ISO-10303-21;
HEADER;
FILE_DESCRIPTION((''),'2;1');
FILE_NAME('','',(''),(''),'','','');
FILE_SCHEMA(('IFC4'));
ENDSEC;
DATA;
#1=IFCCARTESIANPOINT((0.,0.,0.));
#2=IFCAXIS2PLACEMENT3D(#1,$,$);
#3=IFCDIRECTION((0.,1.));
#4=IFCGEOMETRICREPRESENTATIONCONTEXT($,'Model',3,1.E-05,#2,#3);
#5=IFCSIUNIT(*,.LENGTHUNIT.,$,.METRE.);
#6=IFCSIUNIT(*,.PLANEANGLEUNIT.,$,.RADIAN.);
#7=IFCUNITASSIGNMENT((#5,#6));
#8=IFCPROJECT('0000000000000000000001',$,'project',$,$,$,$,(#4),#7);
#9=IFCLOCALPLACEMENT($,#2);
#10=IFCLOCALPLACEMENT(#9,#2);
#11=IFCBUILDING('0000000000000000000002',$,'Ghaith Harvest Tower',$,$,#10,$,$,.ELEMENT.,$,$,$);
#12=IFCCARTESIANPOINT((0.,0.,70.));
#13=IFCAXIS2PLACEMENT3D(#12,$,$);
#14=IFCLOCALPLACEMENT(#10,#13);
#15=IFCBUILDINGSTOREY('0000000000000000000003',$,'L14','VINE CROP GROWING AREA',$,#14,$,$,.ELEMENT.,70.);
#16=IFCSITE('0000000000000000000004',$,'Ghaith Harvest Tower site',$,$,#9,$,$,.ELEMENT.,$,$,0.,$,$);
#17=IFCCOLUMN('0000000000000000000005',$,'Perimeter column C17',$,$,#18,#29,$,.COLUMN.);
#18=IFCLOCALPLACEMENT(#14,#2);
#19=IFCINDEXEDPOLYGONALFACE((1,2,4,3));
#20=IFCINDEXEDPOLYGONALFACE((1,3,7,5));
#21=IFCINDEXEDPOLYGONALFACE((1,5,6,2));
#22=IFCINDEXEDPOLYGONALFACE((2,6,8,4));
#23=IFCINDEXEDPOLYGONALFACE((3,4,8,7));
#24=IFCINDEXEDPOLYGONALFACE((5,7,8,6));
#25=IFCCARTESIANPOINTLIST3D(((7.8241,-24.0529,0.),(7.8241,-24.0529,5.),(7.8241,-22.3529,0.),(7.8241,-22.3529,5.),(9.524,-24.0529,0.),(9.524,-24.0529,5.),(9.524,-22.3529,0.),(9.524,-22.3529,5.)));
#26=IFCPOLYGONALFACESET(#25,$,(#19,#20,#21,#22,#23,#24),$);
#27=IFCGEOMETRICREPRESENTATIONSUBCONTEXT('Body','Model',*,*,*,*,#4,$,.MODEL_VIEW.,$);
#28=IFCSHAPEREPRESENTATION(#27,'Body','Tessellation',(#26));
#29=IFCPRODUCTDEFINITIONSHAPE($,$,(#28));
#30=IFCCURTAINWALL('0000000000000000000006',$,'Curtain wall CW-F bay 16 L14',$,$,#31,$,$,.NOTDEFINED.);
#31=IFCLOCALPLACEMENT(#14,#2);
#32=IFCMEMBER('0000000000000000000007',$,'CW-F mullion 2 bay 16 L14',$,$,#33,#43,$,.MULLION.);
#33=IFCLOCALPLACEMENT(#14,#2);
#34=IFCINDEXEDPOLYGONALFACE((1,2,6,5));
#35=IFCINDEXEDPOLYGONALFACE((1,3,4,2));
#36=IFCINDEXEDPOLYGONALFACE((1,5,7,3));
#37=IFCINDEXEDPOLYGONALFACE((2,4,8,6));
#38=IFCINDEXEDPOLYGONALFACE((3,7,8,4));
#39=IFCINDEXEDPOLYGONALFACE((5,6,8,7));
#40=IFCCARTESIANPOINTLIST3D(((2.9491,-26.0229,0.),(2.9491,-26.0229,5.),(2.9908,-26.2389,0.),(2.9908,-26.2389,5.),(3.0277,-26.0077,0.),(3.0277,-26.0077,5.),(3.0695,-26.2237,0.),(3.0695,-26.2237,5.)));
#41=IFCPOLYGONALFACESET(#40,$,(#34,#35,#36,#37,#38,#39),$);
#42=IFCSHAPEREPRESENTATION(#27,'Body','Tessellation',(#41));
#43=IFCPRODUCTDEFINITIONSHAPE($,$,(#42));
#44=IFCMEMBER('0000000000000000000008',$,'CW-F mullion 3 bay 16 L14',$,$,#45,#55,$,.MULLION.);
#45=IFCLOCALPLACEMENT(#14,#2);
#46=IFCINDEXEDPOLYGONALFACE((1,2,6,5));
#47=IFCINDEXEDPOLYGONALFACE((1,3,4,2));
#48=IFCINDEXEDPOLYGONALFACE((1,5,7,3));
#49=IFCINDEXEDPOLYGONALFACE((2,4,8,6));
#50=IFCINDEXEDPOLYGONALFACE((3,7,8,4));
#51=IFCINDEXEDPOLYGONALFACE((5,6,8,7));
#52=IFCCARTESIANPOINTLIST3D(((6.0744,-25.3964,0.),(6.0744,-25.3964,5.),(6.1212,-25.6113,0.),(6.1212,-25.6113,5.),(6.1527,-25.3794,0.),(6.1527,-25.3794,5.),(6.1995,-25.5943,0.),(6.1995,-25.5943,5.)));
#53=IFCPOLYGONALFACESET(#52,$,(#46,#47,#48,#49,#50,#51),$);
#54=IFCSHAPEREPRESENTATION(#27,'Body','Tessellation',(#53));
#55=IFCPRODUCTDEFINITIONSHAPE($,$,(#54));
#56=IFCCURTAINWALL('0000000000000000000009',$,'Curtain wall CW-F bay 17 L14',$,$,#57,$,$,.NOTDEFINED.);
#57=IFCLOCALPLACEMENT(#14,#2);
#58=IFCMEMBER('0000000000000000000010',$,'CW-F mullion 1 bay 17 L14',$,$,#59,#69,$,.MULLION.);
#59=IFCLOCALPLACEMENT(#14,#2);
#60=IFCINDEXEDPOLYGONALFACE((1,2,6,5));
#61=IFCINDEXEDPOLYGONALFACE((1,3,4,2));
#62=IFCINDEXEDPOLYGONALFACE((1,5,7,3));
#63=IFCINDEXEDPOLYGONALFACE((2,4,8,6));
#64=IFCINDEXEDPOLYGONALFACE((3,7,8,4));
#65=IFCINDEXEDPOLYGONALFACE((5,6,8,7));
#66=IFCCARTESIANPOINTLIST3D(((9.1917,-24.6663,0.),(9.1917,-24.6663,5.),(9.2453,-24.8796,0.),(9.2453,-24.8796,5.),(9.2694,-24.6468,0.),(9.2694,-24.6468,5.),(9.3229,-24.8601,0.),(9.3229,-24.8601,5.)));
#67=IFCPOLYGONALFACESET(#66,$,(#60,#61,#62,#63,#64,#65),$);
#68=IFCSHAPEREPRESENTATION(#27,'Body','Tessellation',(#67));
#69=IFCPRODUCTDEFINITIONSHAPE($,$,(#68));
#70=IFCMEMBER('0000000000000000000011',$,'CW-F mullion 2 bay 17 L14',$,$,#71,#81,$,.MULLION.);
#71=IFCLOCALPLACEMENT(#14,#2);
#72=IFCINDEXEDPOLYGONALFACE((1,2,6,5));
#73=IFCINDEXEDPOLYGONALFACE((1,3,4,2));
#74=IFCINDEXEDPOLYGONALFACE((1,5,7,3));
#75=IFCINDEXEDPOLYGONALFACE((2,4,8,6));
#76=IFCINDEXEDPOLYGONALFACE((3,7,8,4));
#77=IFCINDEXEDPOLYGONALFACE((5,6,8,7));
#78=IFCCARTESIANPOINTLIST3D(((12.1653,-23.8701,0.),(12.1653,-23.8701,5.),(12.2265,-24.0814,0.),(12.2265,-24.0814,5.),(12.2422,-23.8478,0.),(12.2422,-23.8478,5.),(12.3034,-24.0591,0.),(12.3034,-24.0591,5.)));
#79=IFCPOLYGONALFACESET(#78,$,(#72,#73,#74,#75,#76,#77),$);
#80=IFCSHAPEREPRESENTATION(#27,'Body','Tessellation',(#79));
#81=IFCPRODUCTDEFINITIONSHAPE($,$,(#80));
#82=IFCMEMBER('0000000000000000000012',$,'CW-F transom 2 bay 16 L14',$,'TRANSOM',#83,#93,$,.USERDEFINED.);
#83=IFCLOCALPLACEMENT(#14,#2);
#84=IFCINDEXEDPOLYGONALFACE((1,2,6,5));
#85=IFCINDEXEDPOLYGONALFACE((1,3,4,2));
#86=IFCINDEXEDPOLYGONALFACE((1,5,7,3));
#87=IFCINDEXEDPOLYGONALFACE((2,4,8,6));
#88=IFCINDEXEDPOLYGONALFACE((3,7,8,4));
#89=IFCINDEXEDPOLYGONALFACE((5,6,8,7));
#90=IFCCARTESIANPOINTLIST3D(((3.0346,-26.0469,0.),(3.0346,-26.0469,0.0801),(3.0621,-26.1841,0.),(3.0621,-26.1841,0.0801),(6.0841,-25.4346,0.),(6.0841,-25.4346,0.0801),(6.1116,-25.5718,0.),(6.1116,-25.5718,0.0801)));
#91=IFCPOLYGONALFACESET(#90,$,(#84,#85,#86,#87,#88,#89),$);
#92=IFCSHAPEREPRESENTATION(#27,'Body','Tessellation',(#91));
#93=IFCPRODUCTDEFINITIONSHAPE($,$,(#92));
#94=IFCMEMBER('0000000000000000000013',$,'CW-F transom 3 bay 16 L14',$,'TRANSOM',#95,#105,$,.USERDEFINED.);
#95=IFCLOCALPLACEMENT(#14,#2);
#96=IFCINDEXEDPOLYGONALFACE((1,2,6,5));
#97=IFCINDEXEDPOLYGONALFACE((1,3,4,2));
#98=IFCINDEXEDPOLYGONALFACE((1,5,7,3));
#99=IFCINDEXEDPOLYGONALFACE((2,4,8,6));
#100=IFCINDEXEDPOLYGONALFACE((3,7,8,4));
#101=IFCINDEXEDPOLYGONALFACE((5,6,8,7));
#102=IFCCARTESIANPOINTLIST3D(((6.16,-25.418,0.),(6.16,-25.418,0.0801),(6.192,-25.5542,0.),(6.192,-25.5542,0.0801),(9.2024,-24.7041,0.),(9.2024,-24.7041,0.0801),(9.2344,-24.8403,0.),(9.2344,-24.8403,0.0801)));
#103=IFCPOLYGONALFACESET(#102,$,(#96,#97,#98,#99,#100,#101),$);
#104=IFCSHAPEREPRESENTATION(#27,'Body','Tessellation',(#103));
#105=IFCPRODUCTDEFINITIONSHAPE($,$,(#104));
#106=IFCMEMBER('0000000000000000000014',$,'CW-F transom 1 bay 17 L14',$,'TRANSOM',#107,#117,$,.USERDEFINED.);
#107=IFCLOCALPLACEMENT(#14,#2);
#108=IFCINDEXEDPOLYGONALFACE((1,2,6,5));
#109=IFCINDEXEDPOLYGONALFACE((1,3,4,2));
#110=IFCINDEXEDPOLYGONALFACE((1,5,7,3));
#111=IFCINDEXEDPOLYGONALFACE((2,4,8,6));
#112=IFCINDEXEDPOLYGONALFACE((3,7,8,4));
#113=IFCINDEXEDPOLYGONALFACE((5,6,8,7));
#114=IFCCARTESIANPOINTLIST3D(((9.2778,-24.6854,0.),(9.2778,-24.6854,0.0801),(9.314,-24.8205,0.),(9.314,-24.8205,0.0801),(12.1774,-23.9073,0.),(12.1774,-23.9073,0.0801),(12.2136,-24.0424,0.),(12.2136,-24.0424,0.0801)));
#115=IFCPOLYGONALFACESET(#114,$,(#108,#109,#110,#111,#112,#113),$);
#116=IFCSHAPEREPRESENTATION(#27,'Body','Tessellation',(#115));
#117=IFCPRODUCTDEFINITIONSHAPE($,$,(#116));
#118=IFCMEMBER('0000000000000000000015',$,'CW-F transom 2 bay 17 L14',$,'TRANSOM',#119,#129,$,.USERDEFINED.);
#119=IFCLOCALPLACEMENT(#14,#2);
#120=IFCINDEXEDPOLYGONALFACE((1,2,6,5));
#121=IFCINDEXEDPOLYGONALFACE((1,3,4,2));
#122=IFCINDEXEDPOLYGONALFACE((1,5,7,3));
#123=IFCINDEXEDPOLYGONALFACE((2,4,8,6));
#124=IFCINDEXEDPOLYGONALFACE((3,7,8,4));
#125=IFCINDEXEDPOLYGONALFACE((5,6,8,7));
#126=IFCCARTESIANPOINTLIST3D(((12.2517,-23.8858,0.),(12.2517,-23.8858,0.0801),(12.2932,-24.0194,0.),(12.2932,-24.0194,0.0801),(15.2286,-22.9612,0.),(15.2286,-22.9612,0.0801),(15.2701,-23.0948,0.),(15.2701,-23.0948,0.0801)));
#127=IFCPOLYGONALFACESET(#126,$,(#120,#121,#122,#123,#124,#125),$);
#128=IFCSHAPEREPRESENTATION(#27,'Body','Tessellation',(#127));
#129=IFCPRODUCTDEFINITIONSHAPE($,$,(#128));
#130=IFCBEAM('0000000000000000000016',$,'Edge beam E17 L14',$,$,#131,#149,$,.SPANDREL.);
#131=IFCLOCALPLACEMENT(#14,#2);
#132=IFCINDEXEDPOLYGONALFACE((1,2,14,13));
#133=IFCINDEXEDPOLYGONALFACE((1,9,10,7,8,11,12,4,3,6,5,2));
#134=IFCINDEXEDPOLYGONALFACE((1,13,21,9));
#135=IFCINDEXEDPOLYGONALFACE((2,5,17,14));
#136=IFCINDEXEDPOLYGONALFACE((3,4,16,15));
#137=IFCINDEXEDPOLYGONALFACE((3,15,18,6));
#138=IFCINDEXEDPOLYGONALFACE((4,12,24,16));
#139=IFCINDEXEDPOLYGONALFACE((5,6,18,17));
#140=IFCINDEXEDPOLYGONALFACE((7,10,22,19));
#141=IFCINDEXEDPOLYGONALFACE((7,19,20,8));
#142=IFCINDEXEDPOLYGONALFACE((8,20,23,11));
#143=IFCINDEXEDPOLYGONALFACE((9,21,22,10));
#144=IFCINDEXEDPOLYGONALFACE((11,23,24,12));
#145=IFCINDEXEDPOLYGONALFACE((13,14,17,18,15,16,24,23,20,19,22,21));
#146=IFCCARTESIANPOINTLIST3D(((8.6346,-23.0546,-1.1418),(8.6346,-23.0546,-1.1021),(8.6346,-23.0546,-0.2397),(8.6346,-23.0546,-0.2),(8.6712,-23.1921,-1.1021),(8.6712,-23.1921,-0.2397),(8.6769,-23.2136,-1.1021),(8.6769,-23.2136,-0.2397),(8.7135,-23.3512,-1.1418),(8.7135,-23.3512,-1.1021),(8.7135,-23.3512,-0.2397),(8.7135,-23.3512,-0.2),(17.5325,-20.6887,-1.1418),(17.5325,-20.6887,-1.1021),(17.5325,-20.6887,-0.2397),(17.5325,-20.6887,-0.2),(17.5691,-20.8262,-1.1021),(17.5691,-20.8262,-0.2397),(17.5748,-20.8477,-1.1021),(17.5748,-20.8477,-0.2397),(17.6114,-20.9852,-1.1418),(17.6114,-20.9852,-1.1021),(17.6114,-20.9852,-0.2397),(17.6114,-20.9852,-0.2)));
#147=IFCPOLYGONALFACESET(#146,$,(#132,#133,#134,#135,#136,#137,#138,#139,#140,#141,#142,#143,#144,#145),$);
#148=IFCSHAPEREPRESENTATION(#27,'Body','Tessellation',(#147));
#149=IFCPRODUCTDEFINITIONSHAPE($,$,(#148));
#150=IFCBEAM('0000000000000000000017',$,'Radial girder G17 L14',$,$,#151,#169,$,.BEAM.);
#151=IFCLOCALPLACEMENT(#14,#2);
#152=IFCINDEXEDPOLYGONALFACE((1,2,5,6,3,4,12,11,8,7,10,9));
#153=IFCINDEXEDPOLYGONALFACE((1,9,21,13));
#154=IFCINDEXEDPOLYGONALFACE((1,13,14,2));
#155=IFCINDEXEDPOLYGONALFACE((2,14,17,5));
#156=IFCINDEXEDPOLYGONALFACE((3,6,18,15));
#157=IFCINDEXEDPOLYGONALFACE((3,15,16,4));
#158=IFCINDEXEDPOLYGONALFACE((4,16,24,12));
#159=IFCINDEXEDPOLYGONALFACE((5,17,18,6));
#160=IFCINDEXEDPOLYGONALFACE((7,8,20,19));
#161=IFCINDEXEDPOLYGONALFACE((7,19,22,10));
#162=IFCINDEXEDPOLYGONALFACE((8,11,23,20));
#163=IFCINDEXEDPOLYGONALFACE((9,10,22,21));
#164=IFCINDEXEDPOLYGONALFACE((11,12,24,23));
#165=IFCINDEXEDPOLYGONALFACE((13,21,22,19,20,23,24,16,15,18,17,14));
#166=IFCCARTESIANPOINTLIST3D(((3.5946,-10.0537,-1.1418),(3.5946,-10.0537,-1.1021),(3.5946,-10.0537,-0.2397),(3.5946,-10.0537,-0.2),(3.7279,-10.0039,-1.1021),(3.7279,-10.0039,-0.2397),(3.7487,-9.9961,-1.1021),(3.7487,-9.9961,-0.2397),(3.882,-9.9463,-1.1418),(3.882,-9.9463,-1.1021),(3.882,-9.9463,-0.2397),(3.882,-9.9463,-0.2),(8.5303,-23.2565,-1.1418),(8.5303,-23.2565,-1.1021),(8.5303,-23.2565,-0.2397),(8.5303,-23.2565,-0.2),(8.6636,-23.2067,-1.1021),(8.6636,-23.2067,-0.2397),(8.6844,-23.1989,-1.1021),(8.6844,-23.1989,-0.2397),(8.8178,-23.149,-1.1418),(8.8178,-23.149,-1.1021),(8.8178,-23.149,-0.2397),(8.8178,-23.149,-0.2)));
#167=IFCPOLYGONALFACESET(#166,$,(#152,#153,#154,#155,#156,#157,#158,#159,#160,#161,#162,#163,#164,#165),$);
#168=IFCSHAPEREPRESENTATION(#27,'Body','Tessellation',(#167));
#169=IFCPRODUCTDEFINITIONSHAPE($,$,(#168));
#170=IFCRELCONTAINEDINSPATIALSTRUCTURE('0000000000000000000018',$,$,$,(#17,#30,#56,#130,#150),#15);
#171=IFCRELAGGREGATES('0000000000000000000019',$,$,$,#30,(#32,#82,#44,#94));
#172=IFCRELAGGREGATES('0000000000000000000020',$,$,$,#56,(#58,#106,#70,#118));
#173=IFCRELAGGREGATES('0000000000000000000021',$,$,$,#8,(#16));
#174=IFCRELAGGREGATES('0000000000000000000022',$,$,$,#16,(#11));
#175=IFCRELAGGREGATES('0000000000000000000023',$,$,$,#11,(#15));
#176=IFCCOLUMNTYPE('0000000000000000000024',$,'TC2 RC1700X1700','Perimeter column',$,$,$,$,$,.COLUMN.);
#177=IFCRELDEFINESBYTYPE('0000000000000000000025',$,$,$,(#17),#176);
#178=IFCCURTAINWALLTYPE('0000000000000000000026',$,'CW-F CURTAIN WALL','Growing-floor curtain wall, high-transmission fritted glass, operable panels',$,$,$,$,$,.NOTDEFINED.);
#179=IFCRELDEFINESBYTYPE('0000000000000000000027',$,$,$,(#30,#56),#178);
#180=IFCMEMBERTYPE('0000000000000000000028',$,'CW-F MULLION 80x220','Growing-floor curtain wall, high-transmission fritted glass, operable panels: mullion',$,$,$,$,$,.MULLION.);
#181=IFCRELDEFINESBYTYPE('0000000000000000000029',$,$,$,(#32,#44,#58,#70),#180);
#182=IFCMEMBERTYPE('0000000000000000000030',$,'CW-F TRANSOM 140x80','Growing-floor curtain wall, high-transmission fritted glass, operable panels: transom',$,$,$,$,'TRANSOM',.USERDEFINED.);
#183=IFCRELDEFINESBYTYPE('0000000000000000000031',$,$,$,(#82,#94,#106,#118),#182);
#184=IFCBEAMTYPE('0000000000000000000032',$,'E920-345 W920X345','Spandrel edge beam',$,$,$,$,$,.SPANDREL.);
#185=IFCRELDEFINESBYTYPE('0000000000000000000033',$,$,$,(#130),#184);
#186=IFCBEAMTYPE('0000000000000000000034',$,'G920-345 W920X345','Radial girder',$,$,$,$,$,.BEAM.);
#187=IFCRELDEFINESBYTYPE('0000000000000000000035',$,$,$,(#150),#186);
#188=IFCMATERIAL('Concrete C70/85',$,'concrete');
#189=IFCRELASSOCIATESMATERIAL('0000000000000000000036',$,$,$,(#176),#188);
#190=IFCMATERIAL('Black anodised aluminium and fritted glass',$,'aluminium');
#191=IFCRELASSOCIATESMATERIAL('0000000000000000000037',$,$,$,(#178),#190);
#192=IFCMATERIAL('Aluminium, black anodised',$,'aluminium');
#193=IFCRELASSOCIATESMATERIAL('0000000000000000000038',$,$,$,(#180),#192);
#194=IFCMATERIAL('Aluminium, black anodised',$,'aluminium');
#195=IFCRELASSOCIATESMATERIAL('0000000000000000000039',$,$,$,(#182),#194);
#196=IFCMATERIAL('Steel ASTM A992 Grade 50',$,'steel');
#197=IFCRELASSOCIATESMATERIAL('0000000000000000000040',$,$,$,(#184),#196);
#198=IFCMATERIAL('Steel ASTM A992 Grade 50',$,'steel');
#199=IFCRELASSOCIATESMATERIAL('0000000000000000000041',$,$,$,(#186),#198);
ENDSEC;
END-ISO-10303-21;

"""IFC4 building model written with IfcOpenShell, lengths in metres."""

from ifc_helpers import new_model, si_unit, direction, frame, origin, origin_2d, place, context, subcontext, project, spatial, rectangle, i_section, extrude, material, material_profile, profile_set, type_object, element, aggregate, save


model = new_model("IFC4")

# Units and contexts
model_context = context("Model", 3, precision=1e-05, world=origin(), true_north=direction((0.0, 1.0)))
body_context = subcontext(model_context, "Body", "Model", "MODEL_VIEW")
ifc_project = project(units=[si_unit("LENGTHUNIT", "METRE"), si_unit("PLANEANGLEUNIT", "RADIAN")], contexts=[model_context])

# Site, building, storey
site_placement = place(None, origin())
site = spatial("IfcSite", under=ifc_project, at=site_placement, Name="Ghaith Harvest Tower site", CompositionType="ELEMENT", RefElevation=0.0)
building_placement = place(site_placement, origin())
building = spatial("IfcBuilding", under=site, at=building_placement, Name="Ghaith Harvest Tower", CompositionType="ELEMENT")
storey_placement = place(building_placement, frame((0.0, 0.0, 70.0)))
storey = spatial("IfcBuildingStorey", under=building, at=storey_placement, Name="L14", Description="VINE CROP GROWING AREA", CompositionType="ELEMENT", Elevation=70.0)

# Column
ifc_material_1 = material(Name="Concrete C70/85", Category="concrete")
ifc_material_profile_1 = material_profile(ifc_material_1, rectangle(XDim=1.7, YDim=1.7, at=origin_2d()), Name="RC1700X1700")
ifc_profile_set_1 = profile_set([ifc_material_profile_1], Name="Concrete C70/85")
column_type = type_object("IfcColumnType", Name="TC2 RC1700X1700", Description="Perimeter column", PredefinedType="COLUMN", material=ifc_profile_set_1)
column_placement = place(storey_placement, frame((8.6741, -23.2029, 0.0), z_axis=(0.0, 0.0, 1.0), x_axis=(1.0, 0.0, 0.0)))
element("IfcColumn", 1, at=column_placement, inside=storey, type_object=column_type, Name="Perimeter column C17", PredefinedType="COLUMN", context=body_context, shape_type="SweptSolid", body=[
    extrude(rectangle(XDim=1.7, YDim=1.7, at=origin_2d()), origin(), (0.0, 0.0, 1.0), 5.0),
])

# Curtain walls, members
ifc_material_2 = material(Name="Black anodised aluminium and fritted glass", Category="aluminium")
curtain_wall_type = type_object("IfcCurtainWallType", Name="CW-F CURTAIN WALL", Description="Growing-floor curtain wall, high-transmission fritted glass, operable panels", PredefinedType="NOTDEFINED", material=ifc_material_2)
curtain_wall_1_placement = place(storey_placement, origin())
curtain_wall_1 = element("IfcCurtainWall", 2, at=curtain_wall_1_placement, inside=storey, type_object=curtain_wall_type, Name="Curtain wall CW-F bay 16 L14", PredefinedType="NOTDEFINED")
ifc_material_3 = material(Name="Aluminium, black anodised", Category="aluminium")
ifc_material_profile_2 = material_profile(ifc_material_3, rectangle(XDim=0.0801, YDim=0.22, at=origin_2d()), Name="CW-F MULLION 80x220")
ifc_profile_set_2 = profile_set([ifc_material_profile_2], Name="Aluminium, black anodised")
member_type_1 = type_object("IfcMemberType", Name="CW-F MULLION 80x220", Description="Growing-floor curtain wall, high-transmission fritted glass, operable panels: mullion", PredefinedType="MULLION", material=ifc_profile_set_2)
member_1_placement = place(storey_placement, frame((3.0093, -26.1233, 0.0), z_axis=(0.0, 0.0, 1.0), x_axis=(0.981818, 0.189822, 0.0)))
member_1 = element("IfcMember", 3, at=member_1_placement, type_object=member_type_1, Name="CW-F mullion 2 bay 16 L14", PredefinedType="MULLION", context=body_context, shape_type="SweptSolid", body=[
    extrude(rectangle(XDim=0.0801, YDim=0.22, at=origin_2d()), origin(), (0.0, 0.0, 1.0), 5.0),
])
member_2_placement = place(storey_placement, frame((6.137, -25.4954, 0.0), z_axis=(0.0, 0.0, 1.0), x_axis=(0.977118, 0.212698, 0.0)))
member_2 = element("IfcMember", 4, at=member_2_placement, type_object=member_type_1, Name="CW-F mullion 3 bay 16 L14", PredefinedType="MULLION", context=body_context, shape_type="SweptSolid", body=[
    extrude(rectangle(XDim=0.0801, YDim=0.22, at=origin_2d()), origin(), (0.0, 0.0, 1.0), 5.0),
])
curtain_wall_2_placement = place(storey_placement, origin())
curtain_wall_2 = element("IfcCurtainWall", 5, at=curtain_wall_2_placement, inside=storey, type_object=curtain_wall_type, Name="Curtain wall CW-F bay 17 L14", PredefinedType="NOTDEFINED")
member_3_placement = place(storey_placement, frame((9.2573, -24.7632, 0.0), z_axis=(0.0, 0.0, 1.0), x_axis=(0.969903, 0.24349, 0.0)))
member_3 = element("IfcMember", 6, at=member_3_placement, type_object=member_type_1, Name="CW-F mullion 1 bay 17 L14", PredefinedType="MULLION", context=body_context, shape_type="SweptSolid", body=[
    extrude(rectangle(XDim=0.0801, YDim=0.22, at=origin_2d()), origin(), (0.0, 0.0, 1.0), 5.0),
])
member_4_placement = place(storey_placement, frame((12.2344, -23.9646, 0.0), z_axis=(0.0, 0.0, 1.0), x_axis=(0.960502, 0.278272, 0.0)))
member_4 = element("IfcMember", 7, at=member_4_placement, type_object=member_type_1, Name="CW-F mullion 2 bay 17 L14", PredefinedType="MULLION", context=body_context, shape_type="SweptSolid", body=[
    extrude(rectangle(XDim=0.0801, YDim=0.22, at=origin_2d()), origin(), (0.0, 0.0, 1.0), 5.0),
])

# Members
ifc_material_4 = material(Name="Aluminium, black anodised", Category="aluminium")
ifc_material_profile_3 = material_profile(ifc_material_4, rectangle(XDim=0.1399, YDim=0.0801, at=origin_2d()), Name="CW-F TRANSOM 140x80")
ifc_profile_set_3 = profile_set([ifc_material_profile_3], Name="Aluminium, black anodised")
member_type_2 = type_object("IfcMemberType", Name="CW-F TRANSOM 140x80", Description="Growing-floor curtain wall, high-transmission fritted glass, operable panels: transom", ElementType="TRANSOM", PredefinedType="USERDEFINED", material=ifc_profile_set_3)
member_5_placement = place(storey_placement, frame((3.0483, -26.1155, 0.04), z_axis=(0.980432, 0.196856, 0.0), x_axis=(-0.196856, 0.980432, 0.0)))
member_5 = element("IfcMember", 8, at=member_5_placement, type_object=member_type_2, Name="CW-F transom 2 bay 16 L14", ObjectType="TRANSOM", PredefinedType="USERDEFINED", context=body_context, shape_type="SweptSolid", body=[
    extrude(rectangle(XDim=0.1399, YDim=0.0801, at=origin_2d()), origin(), (0.0, 0.0, 1.0), 3.1104),
])
member_6_placement = place(storey_placement, frame((6.176, -25.4861, 0.04), z_axis=(0.97356, 0.22843, 0.0), x_axis=(-0.22843, 0.97356, 0.0)))
member_6 = element("IfcMember", 9, at=member_6_placement, type_object=member_type_2, Name="CW-F transom 3 bay 16 L14", ObjectType="TRANSOM", PredefinedType="USERDEFINED", context=body_context, shape_type="SweptSolid", body=[
    extrude(rectangle(XDim=0.1399, YDim=0.0801, at=origin_2d()), origin(), (0.0, 0.0, 1.0), 3.125),
])
member_7_placement = place(storey_placement, frame((9.2959, -24.7529, 0.04), z_axis=(0.965833, 0.259166, 0.0), x_axis=(-0.259166, 0.965833, 0.0)))
member_7 = element("IfcMember", 10, at=member_7_placement, type_object=member_type_2, Name="CW-F transom 1 bay 17 L14", ObjectType="TRANSOM", PredefinedType="USERDEFINED", context=body_context, shape_type="SweptSolid", body=[
    extrude(rectangle(XDim=0.1399, YDim=0.0801, at=origin_2d()), origin(), (0.0, 0.0, 1.0), 3.0022),
])
member_8_placement = place(storey_placement, frame((12.2725, -23.9526, 0.04), z_axis=(0.954998, 0.296611, 0.0), x_axis=(-0.296611, 0.954998, 0.0)))
member_8 = element("IfcMember", 11, at=member_8_placement, type_object=member_type_2, Name="CW-F transom 2 bay 17 L14", ObjectType="TRANSOM", PredefinedType="USERDEFINED", context=body_context, shape_type="SweptSolid", body=[
    extrude(rectangle(XDim=0.1399, YDim=0.0801, at=origin_2d()), origin(), (0.0, 0.0, 1.0), 3.1172),
])

# Beams
ifc_material_5 = material(Name="Steel ASTM A992 Grade 50", Category="steel")
ifc_material_profile_4 = material_profile(ifc_material_5, i_section(OverallWidth=0.3069, OverallDepth=0.9419, WebThickness=0.0222, FlangeThickness=0.0398, at=origin_2d()), Name="W920X345")
ifc_profile_set_4 = profile_set([ifc_material_profile_4], Name="Steel ASTM A992 Grade 50")
beam_type_1 = type_object("IfcBeamType", Name="E920-345 W920X345", Description="Spandrel edge beam", PredefinedType="SPANDREL", material=ifc_profile_set_4)
beam_1_placement = place(storey_placement, frame((8.6741, -23.2029, -0.6709), z_axis=(0.966419, 0.256971, 0.0), x_axis=(-0.256971, 0.966419, 0.0)))
element("IfcBeam", 12, at=beam_1_placement, inside=storey, type_object=beam_type_1, Name="Edge beam E17 L14", PredefinedType="SPANDREL", context=body_context, shape_type="SweptSolid", body=[
    extrude(i_section(OverallWidth=0.3069, OverallDepth=0.9419, WebThickness=0.0222, FlangeThickness=0.0398, at=origin_2d()), origin(), (0.0, 0.0, 1.0), 9.207),
])
ifc_material_6 = material(Name="Steel ASTM A992 Grade 50", Category="steel")
ifc_material_profile_5 = material_profile(ifc_material_6, i_section(OverallWidth=0.3069, OverallDepth=0.9419, WebThickness=0.0222, FlangeThickness=0.0398, at=origin_2d()), Name="W920X345")
ifc_profile_set_5 = profile_set([ifc_material_profile_5], Name="Steel ASTM A992 Grade 50")
beam_type_2 = type_object("IfcBeamType", Name="G920-345 W920X345", Description="Radial girder", PredefinedType="BEAM", material=ifc_profile_set_5)
beam_2_placement = place(storey_placement, frame((3.7383, -10.0, -0.6709), z_axis=(0.350172, -0.936685, 0.0), x_axis=(0.936685, 0.350172, 0.0)))
element("IfcBeam", 13, at=beam_2_placement, inside=storey, type_object=beam_type_2, Name="Radial girder G17 L14", PredefinedType="BEAM", context=body_context, shape_type="SweptSolid", body=[
    extrude(i_section(OverallWidth=0.3069, OverallDepth=0.9419, WebThickness=0.0222, FlangeThickness=0.0398, at=origin_2d()), origin(), (0.0, 0.0, 1.0), 14.0952),
])

aggregate(curtain_wall_1, [member_1, member_5, member_2, member_6])
aggregate(curtain_wall_2, [member_3, member_7, member_4, member_8])

save(model, "model.ifc")
